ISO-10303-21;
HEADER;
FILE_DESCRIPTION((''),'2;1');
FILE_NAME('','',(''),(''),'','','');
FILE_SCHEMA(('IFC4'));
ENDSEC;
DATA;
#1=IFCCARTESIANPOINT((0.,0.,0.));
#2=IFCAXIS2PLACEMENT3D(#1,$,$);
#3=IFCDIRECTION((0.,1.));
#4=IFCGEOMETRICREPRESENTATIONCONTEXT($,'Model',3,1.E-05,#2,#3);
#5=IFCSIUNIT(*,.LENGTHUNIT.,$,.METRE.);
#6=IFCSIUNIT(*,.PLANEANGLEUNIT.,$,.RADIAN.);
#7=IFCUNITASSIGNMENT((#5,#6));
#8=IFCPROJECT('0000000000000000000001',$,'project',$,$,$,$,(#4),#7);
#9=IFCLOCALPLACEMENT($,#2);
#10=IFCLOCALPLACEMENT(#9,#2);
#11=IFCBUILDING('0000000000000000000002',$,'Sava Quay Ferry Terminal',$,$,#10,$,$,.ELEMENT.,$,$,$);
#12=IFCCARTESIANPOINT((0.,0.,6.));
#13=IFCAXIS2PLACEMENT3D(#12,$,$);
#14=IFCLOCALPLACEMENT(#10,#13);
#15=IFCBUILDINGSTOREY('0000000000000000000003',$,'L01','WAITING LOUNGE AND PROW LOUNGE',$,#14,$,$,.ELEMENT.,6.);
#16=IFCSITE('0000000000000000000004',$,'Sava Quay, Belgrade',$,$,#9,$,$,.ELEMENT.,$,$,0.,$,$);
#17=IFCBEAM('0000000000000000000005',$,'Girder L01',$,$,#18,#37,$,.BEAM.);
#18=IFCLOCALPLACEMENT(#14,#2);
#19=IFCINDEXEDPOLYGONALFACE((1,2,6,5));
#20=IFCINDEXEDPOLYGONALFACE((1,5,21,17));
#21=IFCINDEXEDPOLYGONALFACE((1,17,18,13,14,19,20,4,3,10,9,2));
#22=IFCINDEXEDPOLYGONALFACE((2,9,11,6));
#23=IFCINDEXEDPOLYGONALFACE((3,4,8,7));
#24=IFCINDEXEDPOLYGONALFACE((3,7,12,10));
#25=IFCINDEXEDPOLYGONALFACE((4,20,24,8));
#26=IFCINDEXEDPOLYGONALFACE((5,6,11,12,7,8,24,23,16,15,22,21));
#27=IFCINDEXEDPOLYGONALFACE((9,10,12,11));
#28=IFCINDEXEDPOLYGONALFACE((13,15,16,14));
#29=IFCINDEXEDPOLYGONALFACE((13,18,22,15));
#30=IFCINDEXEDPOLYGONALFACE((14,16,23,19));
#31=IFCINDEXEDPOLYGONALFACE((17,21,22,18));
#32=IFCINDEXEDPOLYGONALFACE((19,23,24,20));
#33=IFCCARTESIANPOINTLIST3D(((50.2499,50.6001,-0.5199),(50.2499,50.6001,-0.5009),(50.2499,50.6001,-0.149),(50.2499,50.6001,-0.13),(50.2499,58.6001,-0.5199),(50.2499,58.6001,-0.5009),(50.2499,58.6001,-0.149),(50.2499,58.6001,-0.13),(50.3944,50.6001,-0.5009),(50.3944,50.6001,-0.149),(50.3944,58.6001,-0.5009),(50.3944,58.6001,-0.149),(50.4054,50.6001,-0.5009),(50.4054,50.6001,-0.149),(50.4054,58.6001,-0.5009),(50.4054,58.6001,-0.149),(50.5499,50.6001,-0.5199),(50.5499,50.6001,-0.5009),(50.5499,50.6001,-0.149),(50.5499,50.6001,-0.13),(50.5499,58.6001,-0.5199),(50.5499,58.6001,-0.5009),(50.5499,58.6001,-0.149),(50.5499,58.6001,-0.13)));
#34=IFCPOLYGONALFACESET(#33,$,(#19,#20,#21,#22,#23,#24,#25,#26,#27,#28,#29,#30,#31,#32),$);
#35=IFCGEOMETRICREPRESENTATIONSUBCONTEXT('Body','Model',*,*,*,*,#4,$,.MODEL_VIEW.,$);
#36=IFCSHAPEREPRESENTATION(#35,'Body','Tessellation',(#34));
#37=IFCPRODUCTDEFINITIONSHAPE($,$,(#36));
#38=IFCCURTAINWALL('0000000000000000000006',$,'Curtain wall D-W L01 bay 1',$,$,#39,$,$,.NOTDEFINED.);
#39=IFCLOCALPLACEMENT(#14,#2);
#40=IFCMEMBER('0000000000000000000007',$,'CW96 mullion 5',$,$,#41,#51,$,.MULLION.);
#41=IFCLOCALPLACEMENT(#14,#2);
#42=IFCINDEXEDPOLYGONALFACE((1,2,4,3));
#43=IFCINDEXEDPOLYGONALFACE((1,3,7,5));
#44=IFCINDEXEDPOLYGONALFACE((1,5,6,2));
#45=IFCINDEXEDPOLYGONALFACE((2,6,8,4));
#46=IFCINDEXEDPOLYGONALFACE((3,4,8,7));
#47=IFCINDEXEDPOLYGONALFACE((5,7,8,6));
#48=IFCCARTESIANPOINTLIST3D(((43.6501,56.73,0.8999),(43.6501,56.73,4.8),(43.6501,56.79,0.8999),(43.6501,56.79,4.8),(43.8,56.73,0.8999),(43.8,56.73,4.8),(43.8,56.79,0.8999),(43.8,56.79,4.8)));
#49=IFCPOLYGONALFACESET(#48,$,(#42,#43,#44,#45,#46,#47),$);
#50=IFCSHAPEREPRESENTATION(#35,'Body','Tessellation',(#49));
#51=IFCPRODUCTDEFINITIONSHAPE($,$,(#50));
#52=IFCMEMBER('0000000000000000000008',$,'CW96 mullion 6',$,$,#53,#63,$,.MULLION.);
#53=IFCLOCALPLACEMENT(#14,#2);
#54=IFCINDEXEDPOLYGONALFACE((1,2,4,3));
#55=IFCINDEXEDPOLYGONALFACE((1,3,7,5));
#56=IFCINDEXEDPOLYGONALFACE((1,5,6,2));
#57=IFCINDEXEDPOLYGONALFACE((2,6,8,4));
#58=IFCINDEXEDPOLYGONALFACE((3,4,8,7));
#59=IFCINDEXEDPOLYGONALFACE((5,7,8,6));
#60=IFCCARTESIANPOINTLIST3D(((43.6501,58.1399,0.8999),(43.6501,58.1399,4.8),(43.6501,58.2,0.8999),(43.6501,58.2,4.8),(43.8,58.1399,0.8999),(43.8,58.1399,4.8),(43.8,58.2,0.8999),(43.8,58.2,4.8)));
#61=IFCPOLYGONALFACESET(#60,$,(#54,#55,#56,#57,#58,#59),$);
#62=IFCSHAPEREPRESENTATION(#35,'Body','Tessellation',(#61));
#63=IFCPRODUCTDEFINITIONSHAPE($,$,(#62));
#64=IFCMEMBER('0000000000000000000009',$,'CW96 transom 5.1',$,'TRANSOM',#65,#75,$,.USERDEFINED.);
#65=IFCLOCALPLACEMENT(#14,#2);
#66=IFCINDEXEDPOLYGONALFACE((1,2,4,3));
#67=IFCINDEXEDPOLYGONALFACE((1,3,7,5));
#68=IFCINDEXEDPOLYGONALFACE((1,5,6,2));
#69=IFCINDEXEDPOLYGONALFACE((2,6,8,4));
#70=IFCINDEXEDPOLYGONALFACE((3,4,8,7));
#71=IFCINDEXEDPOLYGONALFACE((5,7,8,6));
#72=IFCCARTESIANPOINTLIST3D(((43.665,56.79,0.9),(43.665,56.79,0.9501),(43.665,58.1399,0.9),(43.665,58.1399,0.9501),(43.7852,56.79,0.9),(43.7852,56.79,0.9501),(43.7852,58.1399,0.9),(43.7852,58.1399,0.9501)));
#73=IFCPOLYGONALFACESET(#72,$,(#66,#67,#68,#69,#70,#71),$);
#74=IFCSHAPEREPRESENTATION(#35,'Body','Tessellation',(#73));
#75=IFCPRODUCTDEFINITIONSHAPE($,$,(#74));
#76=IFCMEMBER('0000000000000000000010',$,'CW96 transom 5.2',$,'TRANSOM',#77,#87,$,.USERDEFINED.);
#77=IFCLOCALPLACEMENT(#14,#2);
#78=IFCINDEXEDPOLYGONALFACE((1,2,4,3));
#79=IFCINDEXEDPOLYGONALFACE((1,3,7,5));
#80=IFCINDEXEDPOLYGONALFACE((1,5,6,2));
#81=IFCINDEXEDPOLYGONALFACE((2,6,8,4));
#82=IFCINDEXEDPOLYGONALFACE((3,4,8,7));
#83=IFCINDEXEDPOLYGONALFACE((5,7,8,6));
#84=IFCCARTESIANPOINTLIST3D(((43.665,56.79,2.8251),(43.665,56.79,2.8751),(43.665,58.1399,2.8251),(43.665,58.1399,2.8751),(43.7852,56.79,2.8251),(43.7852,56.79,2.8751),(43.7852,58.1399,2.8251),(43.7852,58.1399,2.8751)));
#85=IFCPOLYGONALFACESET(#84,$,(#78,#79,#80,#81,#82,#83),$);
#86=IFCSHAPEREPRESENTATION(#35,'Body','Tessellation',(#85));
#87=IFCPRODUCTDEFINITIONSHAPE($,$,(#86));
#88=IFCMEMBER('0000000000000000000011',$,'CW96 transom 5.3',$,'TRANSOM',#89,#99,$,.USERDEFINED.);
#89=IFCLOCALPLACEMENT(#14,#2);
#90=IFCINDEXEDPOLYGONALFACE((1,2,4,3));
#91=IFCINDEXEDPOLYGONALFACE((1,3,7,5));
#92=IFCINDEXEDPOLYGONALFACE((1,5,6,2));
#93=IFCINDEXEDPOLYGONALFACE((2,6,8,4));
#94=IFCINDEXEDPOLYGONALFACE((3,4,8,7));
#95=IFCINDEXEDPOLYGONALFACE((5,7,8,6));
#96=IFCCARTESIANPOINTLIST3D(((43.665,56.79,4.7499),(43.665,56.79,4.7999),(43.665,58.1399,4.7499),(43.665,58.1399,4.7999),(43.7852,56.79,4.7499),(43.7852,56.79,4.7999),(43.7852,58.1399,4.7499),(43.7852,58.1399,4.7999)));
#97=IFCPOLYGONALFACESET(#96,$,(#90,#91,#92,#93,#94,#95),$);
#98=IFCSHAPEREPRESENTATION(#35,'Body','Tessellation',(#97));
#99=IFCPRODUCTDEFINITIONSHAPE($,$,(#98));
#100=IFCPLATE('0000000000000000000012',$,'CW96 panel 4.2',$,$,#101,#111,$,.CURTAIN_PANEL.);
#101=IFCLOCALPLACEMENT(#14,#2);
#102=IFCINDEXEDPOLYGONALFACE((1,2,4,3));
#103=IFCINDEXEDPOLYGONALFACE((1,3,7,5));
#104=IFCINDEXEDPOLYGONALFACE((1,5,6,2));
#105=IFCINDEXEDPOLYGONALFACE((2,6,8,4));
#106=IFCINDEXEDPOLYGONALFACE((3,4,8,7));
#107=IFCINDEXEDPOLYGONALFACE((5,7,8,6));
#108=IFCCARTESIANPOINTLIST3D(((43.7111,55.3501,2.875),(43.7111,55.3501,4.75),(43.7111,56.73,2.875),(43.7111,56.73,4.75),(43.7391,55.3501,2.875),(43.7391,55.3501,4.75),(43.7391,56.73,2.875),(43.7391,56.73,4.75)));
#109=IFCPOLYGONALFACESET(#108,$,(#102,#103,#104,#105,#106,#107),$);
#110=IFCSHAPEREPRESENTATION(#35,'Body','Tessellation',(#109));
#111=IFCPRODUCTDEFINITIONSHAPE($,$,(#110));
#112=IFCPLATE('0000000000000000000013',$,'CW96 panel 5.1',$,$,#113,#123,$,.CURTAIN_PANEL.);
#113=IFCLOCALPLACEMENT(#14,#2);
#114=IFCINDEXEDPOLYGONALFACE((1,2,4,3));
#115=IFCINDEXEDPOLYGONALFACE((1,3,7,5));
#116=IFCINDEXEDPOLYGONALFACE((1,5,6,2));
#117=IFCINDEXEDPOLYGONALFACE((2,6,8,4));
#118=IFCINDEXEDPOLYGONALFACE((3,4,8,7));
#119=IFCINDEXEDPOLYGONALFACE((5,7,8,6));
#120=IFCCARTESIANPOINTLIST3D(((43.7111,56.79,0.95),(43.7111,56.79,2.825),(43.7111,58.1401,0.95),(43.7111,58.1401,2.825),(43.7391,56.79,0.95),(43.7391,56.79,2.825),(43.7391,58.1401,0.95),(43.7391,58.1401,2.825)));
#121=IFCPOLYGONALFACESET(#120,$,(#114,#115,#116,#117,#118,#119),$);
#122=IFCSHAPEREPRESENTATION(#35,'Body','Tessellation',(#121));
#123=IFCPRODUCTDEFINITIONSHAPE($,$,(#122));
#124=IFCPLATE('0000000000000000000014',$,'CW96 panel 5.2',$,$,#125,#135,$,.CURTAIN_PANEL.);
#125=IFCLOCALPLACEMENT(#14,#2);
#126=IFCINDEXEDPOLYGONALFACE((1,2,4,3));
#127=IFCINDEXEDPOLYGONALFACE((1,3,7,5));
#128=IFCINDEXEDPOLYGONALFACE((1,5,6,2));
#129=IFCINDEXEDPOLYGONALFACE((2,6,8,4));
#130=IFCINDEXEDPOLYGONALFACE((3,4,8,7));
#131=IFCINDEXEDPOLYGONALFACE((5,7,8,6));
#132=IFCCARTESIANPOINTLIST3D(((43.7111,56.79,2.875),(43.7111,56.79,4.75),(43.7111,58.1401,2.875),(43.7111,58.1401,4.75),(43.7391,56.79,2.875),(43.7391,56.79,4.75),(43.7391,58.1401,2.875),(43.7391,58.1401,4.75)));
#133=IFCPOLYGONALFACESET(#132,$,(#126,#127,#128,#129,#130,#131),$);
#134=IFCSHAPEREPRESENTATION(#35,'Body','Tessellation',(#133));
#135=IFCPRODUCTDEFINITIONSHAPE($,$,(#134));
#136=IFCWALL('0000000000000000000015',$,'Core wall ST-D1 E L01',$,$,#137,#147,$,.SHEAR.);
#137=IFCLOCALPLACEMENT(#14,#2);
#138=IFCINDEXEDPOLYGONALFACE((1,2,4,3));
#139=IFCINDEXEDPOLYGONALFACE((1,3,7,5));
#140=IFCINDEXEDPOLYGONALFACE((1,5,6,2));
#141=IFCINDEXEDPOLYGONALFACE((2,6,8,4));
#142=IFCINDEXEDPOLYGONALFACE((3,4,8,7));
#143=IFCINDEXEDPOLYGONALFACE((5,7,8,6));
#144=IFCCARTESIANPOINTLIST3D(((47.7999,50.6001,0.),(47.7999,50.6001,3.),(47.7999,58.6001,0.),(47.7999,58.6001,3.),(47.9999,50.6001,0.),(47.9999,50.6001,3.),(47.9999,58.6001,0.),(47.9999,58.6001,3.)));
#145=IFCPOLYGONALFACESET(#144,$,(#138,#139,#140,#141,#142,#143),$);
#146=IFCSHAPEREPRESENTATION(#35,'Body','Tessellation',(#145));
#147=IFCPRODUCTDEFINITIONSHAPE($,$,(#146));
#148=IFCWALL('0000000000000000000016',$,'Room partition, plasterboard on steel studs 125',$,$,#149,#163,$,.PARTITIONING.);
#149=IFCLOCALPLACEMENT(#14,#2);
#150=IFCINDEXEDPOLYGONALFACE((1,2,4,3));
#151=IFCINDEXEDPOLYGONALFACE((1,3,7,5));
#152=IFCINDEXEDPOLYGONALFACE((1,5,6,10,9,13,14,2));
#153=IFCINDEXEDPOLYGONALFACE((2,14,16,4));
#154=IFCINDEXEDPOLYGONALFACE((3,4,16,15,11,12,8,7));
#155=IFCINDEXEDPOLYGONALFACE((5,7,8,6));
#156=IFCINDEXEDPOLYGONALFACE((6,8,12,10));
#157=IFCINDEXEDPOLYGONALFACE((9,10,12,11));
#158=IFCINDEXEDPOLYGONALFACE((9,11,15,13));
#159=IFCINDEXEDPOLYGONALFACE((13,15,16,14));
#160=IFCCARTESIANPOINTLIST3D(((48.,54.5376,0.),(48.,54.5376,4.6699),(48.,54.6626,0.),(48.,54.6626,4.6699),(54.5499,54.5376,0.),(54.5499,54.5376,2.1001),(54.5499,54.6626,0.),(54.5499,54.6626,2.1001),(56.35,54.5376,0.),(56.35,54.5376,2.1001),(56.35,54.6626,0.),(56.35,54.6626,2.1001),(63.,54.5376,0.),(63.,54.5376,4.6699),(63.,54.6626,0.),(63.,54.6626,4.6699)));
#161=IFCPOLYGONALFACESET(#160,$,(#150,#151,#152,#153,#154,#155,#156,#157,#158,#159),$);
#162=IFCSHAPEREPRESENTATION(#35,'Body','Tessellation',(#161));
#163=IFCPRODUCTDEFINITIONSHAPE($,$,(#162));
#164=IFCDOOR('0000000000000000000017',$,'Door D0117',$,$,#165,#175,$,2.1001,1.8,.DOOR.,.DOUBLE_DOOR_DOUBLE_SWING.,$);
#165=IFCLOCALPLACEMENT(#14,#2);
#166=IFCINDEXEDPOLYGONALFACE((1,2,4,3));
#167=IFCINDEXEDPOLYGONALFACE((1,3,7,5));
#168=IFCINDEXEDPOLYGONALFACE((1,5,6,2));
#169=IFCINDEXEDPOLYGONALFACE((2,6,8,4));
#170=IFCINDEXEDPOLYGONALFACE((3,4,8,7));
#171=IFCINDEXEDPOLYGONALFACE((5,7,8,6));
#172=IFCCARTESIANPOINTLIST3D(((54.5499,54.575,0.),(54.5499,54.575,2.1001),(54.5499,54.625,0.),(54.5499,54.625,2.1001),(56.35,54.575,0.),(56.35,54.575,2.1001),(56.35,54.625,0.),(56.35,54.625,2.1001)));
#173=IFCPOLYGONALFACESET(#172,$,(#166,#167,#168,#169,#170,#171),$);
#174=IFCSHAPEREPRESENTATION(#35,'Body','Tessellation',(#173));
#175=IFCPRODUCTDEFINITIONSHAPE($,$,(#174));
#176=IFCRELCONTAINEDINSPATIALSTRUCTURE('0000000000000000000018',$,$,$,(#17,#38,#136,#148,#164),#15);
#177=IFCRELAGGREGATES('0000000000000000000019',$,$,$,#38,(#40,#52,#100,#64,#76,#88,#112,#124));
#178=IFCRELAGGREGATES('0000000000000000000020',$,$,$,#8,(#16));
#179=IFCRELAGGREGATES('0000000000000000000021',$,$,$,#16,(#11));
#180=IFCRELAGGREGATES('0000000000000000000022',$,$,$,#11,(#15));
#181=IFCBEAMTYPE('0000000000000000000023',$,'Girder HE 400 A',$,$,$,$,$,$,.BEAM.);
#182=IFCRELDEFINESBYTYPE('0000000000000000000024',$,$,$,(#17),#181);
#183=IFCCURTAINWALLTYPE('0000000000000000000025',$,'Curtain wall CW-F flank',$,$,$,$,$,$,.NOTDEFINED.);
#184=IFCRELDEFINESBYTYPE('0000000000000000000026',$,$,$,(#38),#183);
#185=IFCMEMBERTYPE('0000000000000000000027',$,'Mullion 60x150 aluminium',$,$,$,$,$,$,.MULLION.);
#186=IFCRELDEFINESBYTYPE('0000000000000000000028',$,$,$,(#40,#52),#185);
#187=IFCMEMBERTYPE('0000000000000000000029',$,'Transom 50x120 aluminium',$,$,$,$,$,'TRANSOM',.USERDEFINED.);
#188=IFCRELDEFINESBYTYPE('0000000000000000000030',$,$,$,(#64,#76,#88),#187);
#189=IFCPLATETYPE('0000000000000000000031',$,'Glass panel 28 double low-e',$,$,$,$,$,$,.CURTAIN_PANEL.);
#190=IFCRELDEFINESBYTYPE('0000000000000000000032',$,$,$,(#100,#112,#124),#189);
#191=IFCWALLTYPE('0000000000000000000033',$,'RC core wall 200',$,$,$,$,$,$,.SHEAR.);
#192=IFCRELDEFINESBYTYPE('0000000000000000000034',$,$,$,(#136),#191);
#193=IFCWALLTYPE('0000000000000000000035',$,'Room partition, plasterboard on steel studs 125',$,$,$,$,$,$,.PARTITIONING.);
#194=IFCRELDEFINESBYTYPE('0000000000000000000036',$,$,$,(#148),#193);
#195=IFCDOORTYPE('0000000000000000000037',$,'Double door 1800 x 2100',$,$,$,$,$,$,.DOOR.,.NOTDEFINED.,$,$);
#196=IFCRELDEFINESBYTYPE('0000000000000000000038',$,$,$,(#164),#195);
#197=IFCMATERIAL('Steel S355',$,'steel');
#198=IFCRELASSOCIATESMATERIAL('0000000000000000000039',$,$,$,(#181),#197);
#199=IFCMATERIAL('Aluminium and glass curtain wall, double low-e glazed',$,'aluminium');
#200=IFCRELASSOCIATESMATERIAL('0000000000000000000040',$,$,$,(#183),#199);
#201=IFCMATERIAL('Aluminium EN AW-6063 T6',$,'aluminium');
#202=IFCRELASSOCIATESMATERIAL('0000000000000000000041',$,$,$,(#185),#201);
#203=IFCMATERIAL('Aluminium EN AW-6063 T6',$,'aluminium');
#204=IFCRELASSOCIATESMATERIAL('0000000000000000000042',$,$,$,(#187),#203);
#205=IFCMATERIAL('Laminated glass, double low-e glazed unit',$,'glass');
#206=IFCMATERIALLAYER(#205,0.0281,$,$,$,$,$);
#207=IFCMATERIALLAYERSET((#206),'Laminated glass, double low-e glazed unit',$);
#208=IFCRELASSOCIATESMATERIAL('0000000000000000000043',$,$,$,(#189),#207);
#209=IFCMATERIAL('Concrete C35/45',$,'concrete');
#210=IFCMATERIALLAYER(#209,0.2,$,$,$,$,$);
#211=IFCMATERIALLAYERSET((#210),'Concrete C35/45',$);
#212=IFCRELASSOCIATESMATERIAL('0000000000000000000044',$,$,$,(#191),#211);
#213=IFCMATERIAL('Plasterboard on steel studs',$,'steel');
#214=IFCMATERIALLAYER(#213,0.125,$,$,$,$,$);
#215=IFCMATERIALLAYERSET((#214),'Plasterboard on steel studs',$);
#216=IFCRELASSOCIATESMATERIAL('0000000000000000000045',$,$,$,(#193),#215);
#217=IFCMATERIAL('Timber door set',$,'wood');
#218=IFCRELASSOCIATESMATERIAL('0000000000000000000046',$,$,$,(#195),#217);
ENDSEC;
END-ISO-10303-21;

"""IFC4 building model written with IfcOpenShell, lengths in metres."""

from ifc_helpers import new_model, si_unit, direction, frame, frame_2d, origin, origin_2d, place, context, subcontext, project, spatial, rectangle, i_section, extrude, material, layer, layer_set, material_profile, profile_set, type_object, element, fill, aggregate, save


model = new_model("IFC4")

# Units and contexts
model_context = context("Model", 3, precision=1e-05, world=origin(), true_north=direction((0.0, 1.0)))
body_context = subcontext(model_context, "Body", "Model", "MODEL_VIEW")
ifc_project = project(units=[si_unit("LENGTHUNIT", "METRE"), si_unit("PLANEANGLEUNIT", "RADIAN")], contexts=[model_context])

# Site, building, storey
site_placement = place(None, origin())
site = spatial("IfcSite", under=ifc_project, at=site_placement, Name="Sava Quay, Belgrade", CompositionType="ELEMENT", RefElevation=0.0)
building_placement = place(site_placement, origin())
building = spatial("IfcBuilding", under=site, at=building_placement, Name="Sava Quay Ferry Terminal", CompositionType="ELEMENT")
storey_placement = place(building_placement, frame((0.0, 0.0, 6.0)))
storey = spatial("IfcBuildingStorey", under=building, at=storey_placement, Name="L01", Description="WAITING LOUNGE AND PROW LOUNGE", CompositionType="ELEMENT", Elevation=6.0)

# Beam
ifc_material_1 = material(Name="Steel S355", Category="steel")
ifc_material_profile_1 = material_profile(ifc_material_1, i_section(OverallWidth=0.3, OverallDepth=0.3899, WebThickness=0.011, FlangeThickness=0.019, at=origin_2d()), Name="HE 400 A")
ifc_profile_set_1 = profile_set([ifc_material_profile_1], Name="Steel S355")
beam_type = type_object("IfcBeamType", Name="Girder HE 400 A", PredefinedType="BEAM", material=ifc_profile_set_1)
beam_placement = place(storey_placement, frame((50.3999, 50.6001, -0.325), z_axis=(0.0, 1.0, 0.0), x_axis=(-1.0, 0.0, 0.0)))
element("IfcBeam", 1, at=beam_placement, inside=storey, type_object=beam_type, Name="Girder L01", PredefinedType="BEAM", context=body_context, shape_type="SweptSolid", body=[
    extrude(i_section(OverallWidth=0.3, OverallDepth=0.3899, WebThickness=0.011, FlangeThickness=0.019, at=origin_2d()), origin(), (0.0, 0.0, 1.0), 8.0),
])

# Curtain wall, members, plates
ifc_material_2 = material(Name="Aluminium and glass curtain wall, double low-e glazed", Category="aluminium")
curtain_wall_type = type_object("IfcCurtainWallType", Name="Curtain wall CW-F flank", PredefinedType="NOTDEFINED", material=ifc_material_2)
curtain_wall_placement = place(storey_placement, origin())
curtain_wall = element("IfcCurtainWall", 2, at=curtain_wall_placement, inside=storey, type_object=curtain_wall_type, Name="Curtain wall D-W L01 bay 1", PredefinedType="NOTDEFINED")
ifc_material_3 = material(Name="Aluminium EN AW-6063 T6", Category="aluminium")
ifc_material_profile_2 = material_profile(ifc_material_3, rectangle(XDim=0.1499, YDim=0.0601, at=origin_2d()), Name="Mullion 60x150 aluminium")
ifc_profile_set_2 = profile_set([ifc_material_profile_2], Name="Aluminium EN AW-6063 T6")
member_type_1 = type_object("IfcMemberType", Name="Mullion 60x150 aluminium", PredefinedType="MULLION", material=ifc_profile_set_2)
member_1_placement = place(storey_placement, frame((43.7251, 56.76, 0.8999), z_axis=(0.0, 0.0, 1.0), x_axis=(-1.0, 0.0, 0.0)))
member_1 = element("IfcMember", 3, at=member_1_placement, type_object=member_type_1, Name="CW96 mullion 5", PredefinedType="MULLION", context=body_context, shape_type="SweptSolid", body=[
    extrude(rectangle(XDim=0.1499, YDim=0.0601, at=origin_2d()), origin(), (0.0, 0.0, 1.0), 3.9001),
])
member_2_placement = place(storey_placement, frame((43.7251, 58.1699, 0.8999), z_axis=(0.0, 0.0, 1.0), x_axis=(-1.0, 0.0, 0.0)))
member_2 = element("IfcMember", 4, at=member_2_placement, type_object=member_type_1, Name="CW96 mullion 6", PredefinedType="MULLION", context=body_context, shape_type="SweptSolid", body=[
    extrude(rectangle(XDim=0.1499, YDim=0.0601, at=origin_2d()), origin(), (0.0, 0.0, 1.0), 3.9001),
])
ifc_material_4 = material(Name="Aluminium EN AW-6063 T6", Category="aluminium")
ifc_material_profile_3 = material_profile(ifc_material_4, rectangle(XDim=0.1201, YDim=0.05, at=origin_2d()), Name="Transom 50x120 aluminium")
ifc_profile_set_3 = profile_set([ifc_material_profile_3], Name="Aluminium EN AW-6063 T6")
member_type_2 = type_object("IfcMemberType", Name="Transom 50x120 aluminium", ElementType="TRANSOM", PredefinedType="USERDEFINED", material=ifc_profile_set_3)
member_3_placement = place(storey_placement, frame((43.7251, 56.79, 0.925), z_axis=(0.0, 1.0, 0.0), x_axis=(-1.0, 0.0, 0.0)))
member_3 = element("IfcMember", 5, at=member_3_placement, type_object=member_type_2, Name="CW96 transom 5.1", ObjectType="TRANSOM", PredefinedType="USERDEFINED", context=body_context, shape_type="SweptSolid", body=[
    extrude(rectangle(XDim=0.1201, YDim=0.05, at=origin_2d()), origin(), (0.0, 0.0, 1.0), 1.3499),
])
member_4_placement = place(storey_placement, frame((43.7251, 56.79, 2.8501), z_axis=(0.0, 1.0, 0.0), x_axis=(-1.0, 0.0, 0.0)))
member_4 = element("IfcMember", 6, at=member_4_placement, type_object=member_type_2, Name="CW96 transom 5.2", ObjectType="TRANSOM", PredefinedType="USERDEFINED", context=body_context, shape_type="SweptSolid", body=[
    extrude(rectangle(XDim=0.1201, YDim=0.05, at=origin_2d()), origin(), (0.0, 0.0, 1.0), 1.3499),
])
member_5_placement = place(storey_placement, frame((43.7251, 56.79, 4.7749), z_axis=(0.0, 1.0, 0.0), x_axis=(-1.0, 0.0, 0.0)))
member_5 = element("IfcMember", 7, at=member_5_placement, type_object=member_type_2, Name="CW96 transom 5.3", ObjectType="TRANSOM", PredefinedType="USERDEFINED", context=body_context, shape_type="SweptSolid", body=[
    extrude(rectangle(XDim=0.1201, YDim=0.05, at=origin_2d()), origin(), (0.0, 0.0, 1.0), 1.3499),
])
ifc_material_5 = material(Name="Laminated glass, double low-e glazed unit", Category="glass")
ifc_layer_1 = layer(ifc_material_5, 0.0281)
ifc_layer_set_1 = layer_set([ifc_layer_1], Name="Laminated glass, double low-e glazed unit")
plate_type = type_object("IfcPlateType", Name="Glass panel 28 double low-e", PredefinedType="CURTAIN_PANEL", material=ifc_layer_set_1)
plate_1_placement = place(storey_placement, frame((43.7251, 56.04, 2.875), z_axis=(0.0, 0.0, 1.0), x_axis=(0.0, 1.0, 0.0)))
plate_1 = element("IfcPlate", 8, at=plate_1_placement, type_object=plate_type, Name="CW96 panel 4.2", PredefinedType="CURTAIN_PANEL", context=body_context, shape_type="SweptSolid", body=[
    extrude(rectangle(XDim=1.3799, YDim=0.0281, at=origin_2d()), origin(), (0.0, 0.0, 1.0), 1.875),
])
plate_2_placement = place(storey_placement, frame((43.7251, 57.4651, 0.95), z_axis=(0.0, 0.0, 1.0), x_axis=(0.0, 1.0, 0.0)))
plate_2 = element("IfcPlate", 9, at=plate_2_placement, type_object=plate_type, Name="CW96 panel 5.1", PredefinedType="CURTAIN_PANEL", context=body_context, shape_type="SweptSolid", body=[
    extrude(rectangle(XDim=1.3501, YDim=0.0281, at=origin_2d()), origin(), (0.0, 0.0, 1.0), 1.875),
])
plate_3_placement = place(storey_placement, frame((43.7251, 57.4651, 2.875), z_axis=(0.0, 0.0, 1.0), x_axis=(0.0, 1.0, 0.0)))
plate_3 = element("IfcPlate", 10, at=plate_3_placement, type_object=plate_type, Name="CW96 panel 5.2", PredefinedType="CURTAIN_PANEL", context=body_context, shape_type="SweptSolid", body=[
    extrude(rectangle(XDim=1.3501, YDim=0.0281, at=origin_2d()), origin(), (0.0, 0.0, 1.0), 1.875),
])
aggregate(curtain_wall, [member_1, member_2, plate_1, member_3, member_4, member_5, plate_2, plate_3])

# Shared definitions
ifc_material_6 = material(Name="Concrete C35/45", Category="concrete")
ifc_layer_2 = layer(ifc_material_6, 0.2)
ifc_layer_set_2 = layer_set([ifc_layer_2], Name="Concrete C35/45")
wall_type_1 = type_object("IfcWallType", Name="RC core wall 200", PredefinedType="SHEAR", material=ifc_layer_set_2)

# Wall
wall_1_placement = place(storey_placement, frame((47.8999, 50.6001, 0.0), z_axis=(0.0, 0.0, 1.0), x_axis=(0.0, 1.0, 0.0)))
element("IfcWall", 11, at=wall_1_placement, inside=storey, type_object=wall_type_1, Name="Core wall ST-D1 E L01", PredefinedType="SHEAR", context=body_context, shape_type="SweptSolid", body=[
    extrude(rectangle(XDim=8.0, YDim=0.2, at=frame_2d((4.0, 0.0))), origin(), (0.0, 0.0, 1.0), 3.0),
])

# Wall, opening, door
ifc_material_7 = material(Name="Plasterboard on steel studs", Category="steel")
ifc_layer_3 = layer(ifc_material_7, 0.125)
ifc_layer_set_3 = layer_set([ifc_layer_3], Name="Plasterboard on steel studs")
wall_type_2 = type_object("IfcWallType", Name="Room partition, plasterboard on steel studs 125", PredefinedType="PARTITIONING", material=ifc_layer_set_3)
wall_2_placement = place(storey_placement, frame((48.0, 54.6001, 0.0), z_axis=(0.0, 0.0, 1.0), x_axis=(1.0, 0.0, 0.0)))
wall_2 = element("IfcWall", 12, at=wall_2_placement, inside=storey, type_object=wall_type_2, Name="Room partition, plasterboard on steel studs 125", PredefinedType="PARTITIONING", context=body_context, shape_type="SweptSolid", body=[
    extrude(rectangle(XDim=15.0, YDim=0.125, at=frame_2d((7.5, 0.0))), origin(), (0.0, 0.0, 1.0), 4.6699),
])
opening_1_placement = place(wall_2_placement, frame((6.55, 0.0, 0.0)))
opening_1 = element("IfcOpeningElement", 13, at=opening_1_placement, cuts=wall_2, PredefinedType="OPENING", context=body_context, shape_type="SweptSolid", body=[
    extrude(rectangle(XDim=1.8, YDim=2.1001, at=frame_2d((0.8999, 1.05))), frame((0.0, 0.0625, 0.0), z_axis=(0.0, -1.0, 0.0), x_axis=(1.0, 0.0, 0.0)), (0.0, 0.0, 1.0), 0.125),
])
ifc_material_8 = material(Name="Timber door set", Category="wood")
door_type_1 = type_object("IfcDoorType", Name="Double door 1800 x 2100", OperationType="NOTDEFINED", PredefinedType="DOOR", material=ifc_material_8)
door_1_placement = place(opening_1_placement, origin())
door_1 = element("IfcDoor", 14, at=door_1_placement, inside=storey, type_object=door_type_1, Name="Door D0117", OperationType="DOUBLE_DOOR_DOUBLE_SWING", OverallHeight=2.1001, OverallWidth=1.8, PredefinedType="DOOR", context=body_context, shape_type="SweptSolid", body=[
    extrude(rectangle(XDim=1.8, YDim=2.1001, at=frame_2d((0.8999, 1.05))), frame((0.0, 0.0249, 0.0), z_axis=(0.0, -1.0, 0.0), x_axis=(1.0, 0.0, 0.0)), (0.0, 0.0, 1.0), 0.05),
])
fill(opening_1, door_1)

save(model, "model.ifc")
